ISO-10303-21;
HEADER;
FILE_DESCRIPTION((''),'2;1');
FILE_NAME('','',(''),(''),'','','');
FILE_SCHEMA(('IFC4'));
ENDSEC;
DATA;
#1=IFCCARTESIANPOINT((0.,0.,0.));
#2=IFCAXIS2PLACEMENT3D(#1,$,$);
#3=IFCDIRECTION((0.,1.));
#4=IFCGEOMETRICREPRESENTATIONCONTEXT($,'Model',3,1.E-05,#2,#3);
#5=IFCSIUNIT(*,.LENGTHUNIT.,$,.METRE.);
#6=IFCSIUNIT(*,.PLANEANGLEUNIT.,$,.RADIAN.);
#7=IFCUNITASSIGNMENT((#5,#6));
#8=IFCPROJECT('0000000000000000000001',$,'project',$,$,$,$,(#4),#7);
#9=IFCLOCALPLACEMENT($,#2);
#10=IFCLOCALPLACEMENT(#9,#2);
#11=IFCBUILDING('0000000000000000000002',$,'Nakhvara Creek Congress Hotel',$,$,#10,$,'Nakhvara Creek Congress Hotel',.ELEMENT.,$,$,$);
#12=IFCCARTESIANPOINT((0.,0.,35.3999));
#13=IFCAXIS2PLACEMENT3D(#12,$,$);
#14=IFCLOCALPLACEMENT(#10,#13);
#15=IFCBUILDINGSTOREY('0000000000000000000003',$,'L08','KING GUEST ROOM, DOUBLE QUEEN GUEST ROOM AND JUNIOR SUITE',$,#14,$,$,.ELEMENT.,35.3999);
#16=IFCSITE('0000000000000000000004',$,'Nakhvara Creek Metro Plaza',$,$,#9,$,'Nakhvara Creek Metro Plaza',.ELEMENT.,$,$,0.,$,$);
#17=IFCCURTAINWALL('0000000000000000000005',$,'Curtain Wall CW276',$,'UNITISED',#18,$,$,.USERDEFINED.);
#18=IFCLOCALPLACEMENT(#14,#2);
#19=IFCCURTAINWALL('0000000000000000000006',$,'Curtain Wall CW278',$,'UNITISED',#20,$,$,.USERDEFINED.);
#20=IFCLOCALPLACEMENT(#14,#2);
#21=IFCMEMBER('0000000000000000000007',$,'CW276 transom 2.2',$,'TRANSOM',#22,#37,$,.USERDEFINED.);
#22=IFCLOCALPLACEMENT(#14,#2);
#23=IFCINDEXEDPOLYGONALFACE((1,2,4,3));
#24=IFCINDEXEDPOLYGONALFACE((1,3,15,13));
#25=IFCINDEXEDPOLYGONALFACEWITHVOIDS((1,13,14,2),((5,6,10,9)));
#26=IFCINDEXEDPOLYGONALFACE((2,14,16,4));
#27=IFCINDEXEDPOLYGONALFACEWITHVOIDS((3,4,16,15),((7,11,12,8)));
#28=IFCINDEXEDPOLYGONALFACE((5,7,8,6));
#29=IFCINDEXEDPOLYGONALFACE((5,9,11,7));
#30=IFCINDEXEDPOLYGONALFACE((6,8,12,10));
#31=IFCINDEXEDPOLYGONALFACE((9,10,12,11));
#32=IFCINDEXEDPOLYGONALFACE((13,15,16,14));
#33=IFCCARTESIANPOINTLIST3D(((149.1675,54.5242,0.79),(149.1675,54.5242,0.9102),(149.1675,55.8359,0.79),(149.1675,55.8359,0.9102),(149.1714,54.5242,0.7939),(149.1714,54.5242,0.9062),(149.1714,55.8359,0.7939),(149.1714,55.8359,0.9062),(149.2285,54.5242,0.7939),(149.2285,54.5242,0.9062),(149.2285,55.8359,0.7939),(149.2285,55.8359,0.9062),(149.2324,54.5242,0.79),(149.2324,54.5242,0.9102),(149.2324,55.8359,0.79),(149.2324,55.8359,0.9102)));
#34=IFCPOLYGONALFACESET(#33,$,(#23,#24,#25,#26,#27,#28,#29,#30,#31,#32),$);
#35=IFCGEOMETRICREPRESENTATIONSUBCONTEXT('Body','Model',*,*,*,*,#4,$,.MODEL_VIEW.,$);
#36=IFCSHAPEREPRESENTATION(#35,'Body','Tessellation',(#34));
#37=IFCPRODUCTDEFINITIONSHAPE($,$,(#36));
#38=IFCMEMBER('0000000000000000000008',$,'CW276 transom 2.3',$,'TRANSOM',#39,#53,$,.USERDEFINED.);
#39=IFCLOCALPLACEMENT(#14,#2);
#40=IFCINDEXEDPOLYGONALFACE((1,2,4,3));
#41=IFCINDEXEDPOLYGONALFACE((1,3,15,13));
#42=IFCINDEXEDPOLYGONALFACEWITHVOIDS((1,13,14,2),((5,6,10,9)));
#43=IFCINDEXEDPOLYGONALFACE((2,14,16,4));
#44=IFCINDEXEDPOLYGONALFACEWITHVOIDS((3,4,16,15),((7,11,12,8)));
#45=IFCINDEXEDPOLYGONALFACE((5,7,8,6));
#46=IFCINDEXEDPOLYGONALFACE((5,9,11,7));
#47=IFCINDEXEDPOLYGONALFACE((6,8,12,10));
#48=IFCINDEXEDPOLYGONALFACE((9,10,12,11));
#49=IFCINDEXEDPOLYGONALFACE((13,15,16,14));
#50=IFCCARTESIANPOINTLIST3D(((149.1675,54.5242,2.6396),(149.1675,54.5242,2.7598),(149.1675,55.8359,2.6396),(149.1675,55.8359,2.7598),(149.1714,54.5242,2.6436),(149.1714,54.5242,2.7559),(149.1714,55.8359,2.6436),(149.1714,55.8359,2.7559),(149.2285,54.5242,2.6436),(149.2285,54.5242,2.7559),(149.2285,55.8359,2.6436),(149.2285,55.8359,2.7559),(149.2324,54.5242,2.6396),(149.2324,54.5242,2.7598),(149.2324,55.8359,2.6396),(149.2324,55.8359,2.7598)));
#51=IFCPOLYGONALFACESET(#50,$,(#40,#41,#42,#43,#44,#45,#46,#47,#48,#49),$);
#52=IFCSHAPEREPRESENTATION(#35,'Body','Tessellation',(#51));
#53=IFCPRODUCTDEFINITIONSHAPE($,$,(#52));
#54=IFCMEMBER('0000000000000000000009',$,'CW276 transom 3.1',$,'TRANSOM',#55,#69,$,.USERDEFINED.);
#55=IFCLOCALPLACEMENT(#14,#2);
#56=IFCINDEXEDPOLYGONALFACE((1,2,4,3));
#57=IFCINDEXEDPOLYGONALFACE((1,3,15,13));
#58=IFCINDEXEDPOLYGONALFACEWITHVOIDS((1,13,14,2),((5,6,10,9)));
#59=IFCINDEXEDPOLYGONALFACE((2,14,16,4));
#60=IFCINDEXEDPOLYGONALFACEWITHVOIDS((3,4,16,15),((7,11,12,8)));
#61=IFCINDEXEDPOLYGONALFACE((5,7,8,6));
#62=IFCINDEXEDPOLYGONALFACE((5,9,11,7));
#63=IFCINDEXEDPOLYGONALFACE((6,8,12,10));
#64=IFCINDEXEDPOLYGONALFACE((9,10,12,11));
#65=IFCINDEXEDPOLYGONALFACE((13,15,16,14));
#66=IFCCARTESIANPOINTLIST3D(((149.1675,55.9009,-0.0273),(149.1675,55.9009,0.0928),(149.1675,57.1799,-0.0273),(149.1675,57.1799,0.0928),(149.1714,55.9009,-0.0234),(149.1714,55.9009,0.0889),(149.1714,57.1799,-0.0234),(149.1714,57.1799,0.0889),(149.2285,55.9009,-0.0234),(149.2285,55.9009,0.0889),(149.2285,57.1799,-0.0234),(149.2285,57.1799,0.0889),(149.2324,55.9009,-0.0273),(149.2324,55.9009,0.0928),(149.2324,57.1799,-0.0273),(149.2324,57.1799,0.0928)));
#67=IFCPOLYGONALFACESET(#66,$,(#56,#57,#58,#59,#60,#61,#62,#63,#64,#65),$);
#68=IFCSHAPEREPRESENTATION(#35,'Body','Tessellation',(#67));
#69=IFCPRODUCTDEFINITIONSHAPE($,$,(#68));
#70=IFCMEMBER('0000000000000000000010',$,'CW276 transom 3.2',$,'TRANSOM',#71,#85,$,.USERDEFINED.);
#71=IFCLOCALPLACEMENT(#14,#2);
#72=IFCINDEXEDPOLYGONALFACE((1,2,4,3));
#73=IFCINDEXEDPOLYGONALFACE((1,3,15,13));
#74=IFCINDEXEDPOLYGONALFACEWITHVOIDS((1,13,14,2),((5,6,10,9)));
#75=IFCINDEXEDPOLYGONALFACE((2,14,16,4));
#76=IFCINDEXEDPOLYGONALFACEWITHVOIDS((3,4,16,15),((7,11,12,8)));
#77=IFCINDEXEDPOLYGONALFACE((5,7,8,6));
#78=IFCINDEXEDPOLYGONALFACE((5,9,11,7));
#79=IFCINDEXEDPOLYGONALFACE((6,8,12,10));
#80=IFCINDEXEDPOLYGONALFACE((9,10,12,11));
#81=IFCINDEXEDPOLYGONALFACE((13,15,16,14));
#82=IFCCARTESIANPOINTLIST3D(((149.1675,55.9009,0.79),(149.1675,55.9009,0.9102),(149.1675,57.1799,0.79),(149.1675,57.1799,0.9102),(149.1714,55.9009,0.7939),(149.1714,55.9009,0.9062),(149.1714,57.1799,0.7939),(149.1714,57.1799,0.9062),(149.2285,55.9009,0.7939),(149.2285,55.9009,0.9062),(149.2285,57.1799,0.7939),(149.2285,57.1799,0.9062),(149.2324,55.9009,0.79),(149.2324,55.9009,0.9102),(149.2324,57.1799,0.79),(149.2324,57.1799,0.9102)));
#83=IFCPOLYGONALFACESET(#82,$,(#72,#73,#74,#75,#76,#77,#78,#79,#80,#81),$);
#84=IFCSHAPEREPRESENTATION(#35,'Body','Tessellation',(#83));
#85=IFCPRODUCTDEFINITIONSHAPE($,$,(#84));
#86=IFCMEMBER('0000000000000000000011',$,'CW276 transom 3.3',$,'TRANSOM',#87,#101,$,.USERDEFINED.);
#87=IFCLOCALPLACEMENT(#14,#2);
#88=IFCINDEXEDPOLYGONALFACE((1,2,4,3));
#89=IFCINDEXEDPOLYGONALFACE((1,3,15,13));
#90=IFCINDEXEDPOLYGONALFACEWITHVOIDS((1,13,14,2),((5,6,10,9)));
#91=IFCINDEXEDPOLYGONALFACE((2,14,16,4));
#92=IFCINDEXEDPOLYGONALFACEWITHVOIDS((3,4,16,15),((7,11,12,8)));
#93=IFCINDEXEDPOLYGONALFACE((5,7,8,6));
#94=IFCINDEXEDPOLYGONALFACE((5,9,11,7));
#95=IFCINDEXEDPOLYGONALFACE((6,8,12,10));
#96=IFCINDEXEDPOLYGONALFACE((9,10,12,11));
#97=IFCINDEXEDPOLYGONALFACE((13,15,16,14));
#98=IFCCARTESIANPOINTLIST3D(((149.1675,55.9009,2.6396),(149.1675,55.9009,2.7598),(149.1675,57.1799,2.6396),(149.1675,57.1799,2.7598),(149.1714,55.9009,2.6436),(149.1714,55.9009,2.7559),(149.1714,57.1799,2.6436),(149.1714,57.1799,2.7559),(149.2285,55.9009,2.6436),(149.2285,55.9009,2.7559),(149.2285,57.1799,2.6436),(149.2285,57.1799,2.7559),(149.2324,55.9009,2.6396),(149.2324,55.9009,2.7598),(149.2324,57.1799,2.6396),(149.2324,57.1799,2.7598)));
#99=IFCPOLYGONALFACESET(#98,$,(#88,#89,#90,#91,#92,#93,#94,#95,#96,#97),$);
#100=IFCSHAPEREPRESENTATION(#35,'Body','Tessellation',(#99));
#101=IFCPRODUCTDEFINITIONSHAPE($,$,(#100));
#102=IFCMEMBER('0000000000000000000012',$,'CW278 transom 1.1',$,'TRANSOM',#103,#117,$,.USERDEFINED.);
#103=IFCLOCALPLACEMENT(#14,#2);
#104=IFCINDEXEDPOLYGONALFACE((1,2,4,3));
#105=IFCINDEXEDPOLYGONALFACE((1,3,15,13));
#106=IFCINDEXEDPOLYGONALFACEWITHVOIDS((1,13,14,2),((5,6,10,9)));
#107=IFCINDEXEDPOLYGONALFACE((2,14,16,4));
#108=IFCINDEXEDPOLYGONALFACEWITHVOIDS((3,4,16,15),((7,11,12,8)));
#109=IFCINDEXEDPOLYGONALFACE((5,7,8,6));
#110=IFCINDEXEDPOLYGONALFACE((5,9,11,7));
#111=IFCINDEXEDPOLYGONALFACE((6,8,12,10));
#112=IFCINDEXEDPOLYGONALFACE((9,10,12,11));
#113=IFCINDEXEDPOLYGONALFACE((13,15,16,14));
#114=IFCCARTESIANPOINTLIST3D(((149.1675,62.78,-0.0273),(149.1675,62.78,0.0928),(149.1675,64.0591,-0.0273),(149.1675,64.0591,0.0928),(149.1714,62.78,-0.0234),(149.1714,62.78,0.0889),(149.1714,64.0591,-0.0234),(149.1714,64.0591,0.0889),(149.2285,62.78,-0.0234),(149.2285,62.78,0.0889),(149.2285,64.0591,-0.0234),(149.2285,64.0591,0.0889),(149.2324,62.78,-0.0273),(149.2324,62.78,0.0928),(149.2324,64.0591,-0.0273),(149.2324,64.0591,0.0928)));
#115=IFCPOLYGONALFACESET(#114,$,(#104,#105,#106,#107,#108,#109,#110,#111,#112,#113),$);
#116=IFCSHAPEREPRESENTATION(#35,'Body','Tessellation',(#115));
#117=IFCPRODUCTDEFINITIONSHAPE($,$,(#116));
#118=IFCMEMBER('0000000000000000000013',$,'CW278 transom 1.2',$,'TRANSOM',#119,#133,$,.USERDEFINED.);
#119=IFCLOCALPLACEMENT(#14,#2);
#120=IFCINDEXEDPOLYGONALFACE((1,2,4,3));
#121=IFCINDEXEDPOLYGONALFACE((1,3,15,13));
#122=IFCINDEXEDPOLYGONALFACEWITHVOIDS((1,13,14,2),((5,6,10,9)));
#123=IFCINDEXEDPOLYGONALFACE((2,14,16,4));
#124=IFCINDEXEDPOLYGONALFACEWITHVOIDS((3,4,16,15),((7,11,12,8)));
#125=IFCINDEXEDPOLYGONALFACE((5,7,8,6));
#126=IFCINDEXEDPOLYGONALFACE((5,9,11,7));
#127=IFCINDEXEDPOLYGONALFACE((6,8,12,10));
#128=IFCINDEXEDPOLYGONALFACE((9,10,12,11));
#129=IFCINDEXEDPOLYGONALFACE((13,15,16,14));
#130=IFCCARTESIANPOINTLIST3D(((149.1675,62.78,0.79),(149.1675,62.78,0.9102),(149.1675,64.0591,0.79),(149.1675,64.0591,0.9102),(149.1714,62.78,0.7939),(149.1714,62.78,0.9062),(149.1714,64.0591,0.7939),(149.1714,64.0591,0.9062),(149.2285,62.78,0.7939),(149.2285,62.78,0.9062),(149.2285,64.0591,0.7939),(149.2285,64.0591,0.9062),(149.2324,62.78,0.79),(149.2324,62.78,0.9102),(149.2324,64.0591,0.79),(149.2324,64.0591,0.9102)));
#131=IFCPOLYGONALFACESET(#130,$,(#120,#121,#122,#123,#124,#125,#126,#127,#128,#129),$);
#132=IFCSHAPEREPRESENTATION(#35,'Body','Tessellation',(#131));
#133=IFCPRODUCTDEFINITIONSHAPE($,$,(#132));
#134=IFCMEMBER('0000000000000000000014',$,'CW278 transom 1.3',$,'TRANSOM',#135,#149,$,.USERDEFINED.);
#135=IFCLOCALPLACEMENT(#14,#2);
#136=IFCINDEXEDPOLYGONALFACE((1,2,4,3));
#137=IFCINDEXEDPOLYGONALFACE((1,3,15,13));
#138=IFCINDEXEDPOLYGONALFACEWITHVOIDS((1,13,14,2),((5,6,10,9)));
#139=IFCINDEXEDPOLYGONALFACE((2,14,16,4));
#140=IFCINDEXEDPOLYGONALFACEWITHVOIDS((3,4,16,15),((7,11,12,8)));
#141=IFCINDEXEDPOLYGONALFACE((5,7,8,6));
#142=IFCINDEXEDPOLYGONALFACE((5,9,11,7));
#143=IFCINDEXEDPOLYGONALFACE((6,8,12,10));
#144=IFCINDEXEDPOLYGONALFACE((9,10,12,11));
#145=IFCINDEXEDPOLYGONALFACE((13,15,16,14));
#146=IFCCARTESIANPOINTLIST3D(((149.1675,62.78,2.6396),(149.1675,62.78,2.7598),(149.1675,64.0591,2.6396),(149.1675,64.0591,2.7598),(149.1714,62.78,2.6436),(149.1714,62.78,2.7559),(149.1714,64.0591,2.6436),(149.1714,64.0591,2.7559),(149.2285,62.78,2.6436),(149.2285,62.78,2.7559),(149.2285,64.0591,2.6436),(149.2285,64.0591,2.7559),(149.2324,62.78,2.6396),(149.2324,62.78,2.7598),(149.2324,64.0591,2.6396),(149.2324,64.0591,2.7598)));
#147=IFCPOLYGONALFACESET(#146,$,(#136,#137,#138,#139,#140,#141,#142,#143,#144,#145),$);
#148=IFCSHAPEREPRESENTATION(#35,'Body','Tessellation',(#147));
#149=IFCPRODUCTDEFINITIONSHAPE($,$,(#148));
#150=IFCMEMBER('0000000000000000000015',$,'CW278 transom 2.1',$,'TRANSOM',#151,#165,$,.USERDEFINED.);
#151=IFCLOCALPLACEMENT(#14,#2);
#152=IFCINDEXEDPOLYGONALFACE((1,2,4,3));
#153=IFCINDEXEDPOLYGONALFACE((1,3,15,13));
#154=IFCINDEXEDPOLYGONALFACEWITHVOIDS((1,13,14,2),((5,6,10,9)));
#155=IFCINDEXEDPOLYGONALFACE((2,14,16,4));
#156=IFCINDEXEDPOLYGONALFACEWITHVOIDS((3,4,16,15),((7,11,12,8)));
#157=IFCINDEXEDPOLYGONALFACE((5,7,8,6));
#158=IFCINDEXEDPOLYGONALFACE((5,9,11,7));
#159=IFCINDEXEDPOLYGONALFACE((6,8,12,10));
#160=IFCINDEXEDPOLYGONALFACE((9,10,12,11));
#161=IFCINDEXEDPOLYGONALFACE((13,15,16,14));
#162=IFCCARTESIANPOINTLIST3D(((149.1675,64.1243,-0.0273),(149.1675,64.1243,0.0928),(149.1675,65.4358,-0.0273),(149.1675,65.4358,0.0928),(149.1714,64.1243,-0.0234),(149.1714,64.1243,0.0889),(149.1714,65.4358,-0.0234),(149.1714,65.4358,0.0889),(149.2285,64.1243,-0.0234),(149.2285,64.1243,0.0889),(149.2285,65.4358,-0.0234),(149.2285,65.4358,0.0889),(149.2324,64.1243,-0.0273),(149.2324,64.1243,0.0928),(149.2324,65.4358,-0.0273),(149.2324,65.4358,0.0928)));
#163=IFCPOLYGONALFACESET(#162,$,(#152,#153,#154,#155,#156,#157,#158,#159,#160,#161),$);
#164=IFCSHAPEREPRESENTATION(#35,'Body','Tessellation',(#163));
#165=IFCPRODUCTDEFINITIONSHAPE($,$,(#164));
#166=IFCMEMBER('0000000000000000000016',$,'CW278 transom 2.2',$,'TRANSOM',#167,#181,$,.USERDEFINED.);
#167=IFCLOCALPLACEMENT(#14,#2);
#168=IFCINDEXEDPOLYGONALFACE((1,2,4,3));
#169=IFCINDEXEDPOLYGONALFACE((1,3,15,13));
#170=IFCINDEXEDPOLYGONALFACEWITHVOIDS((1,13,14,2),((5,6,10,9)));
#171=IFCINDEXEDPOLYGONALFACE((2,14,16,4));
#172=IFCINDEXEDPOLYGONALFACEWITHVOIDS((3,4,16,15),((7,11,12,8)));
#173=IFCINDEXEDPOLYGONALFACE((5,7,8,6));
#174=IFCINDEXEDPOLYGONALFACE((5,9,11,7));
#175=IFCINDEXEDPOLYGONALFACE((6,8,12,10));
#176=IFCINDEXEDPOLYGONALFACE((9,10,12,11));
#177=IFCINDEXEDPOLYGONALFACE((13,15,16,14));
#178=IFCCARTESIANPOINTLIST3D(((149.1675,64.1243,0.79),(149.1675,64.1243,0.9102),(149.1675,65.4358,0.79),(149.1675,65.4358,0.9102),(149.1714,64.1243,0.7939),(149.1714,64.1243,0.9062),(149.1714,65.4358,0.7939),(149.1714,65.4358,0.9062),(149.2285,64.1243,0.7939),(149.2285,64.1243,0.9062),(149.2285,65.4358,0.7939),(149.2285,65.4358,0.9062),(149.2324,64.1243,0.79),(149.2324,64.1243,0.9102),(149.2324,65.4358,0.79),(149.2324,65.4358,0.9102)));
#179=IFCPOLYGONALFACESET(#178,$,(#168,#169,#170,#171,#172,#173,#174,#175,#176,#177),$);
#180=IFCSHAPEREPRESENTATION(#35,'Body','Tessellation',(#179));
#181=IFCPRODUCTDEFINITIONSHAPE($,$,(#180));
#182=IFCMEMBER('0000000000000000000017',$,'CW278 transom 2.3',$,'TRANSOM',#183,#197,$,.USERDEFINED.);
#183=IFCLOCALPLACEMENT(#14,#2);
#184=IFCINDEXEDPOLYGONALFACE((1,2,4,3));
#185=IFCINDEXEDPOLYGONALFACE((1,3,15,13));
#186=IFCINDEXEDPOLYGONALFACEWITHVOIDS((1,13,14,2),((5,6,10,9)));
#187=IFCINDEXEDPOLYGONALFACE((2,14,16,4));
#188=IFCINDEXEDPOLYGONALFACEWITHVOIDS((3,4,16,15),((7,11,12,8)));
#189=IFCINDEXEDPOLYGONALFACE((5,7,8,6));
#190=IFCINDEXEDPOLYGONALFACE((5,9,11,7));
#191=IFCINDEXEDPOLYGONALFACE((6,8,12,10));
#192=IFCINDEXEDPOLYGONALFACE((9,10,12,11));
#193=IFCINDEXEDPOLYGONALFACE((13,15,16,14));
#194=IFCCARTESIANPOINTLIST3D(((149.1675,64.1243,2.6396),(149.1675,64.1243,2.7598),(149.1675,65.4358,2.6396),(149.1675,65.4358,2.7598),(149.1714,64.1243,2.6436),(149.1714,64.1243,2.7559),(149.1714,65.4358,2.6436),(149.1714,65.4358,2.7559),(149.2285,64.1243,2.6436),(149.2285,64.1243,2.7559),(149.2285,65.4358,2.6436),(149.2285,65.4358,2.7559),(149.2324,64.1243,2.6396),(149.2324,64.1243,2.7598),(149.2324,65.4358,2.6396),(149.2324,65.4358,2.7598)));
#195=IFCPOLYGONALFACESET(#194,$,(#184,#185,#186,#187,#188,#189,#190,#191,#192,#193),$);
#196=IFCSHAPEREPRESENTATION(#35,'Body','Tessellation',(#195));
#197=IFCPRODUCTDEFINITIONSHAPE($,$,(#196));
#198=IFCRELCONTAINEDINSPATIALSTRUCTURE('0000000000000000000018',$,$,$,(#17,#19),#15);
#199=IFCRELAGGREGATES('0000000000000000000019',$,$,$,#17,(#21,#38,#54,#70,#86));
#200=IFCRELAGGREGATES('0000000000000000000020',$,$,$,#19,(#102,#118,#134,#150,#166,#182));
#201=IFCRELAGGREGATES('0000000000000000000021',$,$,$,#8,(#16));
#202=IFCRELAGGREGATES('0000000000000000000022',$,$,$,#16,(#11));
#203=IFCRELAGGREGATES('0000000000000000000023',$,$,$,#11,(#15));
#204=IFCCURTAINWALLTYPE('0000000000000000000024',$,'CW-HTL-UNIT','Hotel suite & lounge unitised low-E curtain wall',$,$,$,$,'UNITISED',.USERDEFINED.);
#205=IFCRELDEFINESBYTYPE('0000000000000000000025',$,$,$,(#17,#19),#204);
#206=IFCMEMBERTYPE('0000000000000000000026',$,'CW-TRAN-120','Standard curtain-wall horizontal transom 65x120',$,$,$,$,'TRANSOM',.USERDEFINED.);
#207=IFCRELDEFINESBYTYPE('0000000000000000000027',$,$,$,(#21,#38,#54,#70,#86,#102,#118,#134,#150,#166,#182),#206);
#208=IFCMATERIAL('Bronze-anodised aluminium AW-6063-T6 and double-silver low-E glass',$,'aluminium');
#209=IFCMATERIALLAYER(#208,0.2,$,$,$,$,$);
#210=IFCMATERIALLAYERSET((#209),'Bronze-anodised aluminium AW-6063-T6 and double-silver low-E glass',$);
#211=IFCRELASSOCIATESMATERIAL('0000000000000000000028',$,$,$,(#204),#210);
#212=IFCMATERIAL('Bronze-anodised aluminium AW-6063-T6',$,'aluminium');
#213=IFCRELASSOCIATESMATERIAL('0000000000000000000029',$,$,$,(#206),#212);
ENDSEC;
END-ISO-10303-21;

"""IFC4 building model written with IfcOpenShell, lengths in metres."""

from ifc_helpers import new_model, si_unit, direction, frame, origin, origin_2d, place, context, subcontext, project, spatial, hollow_rectangle, extrude, material, layer, layer_set, material_profile, profile_set, type_object, element, aggregate, save


model = new_model("IFC4")

# Units and contexts
model_context = context("Model", 3, precision=1e-05, world=origin(), true_north=direction((0.0, 1.0)))
body_context = subcontext(model_context, "Body", "Model", "MODEL_VIEW")
ifc_project = project(units=[si_unit("LENGTHUNIT", "METRE"), si_unit("PLANEANGLEUNIT", "RADIAN")], contexts=[model_context])

# Site, building, storey
site_placement = place(None, origin())
site = spatial("IfcSite", under=ifc_project, at=site_placement, Name="Nakhvara Creek Metro Plaza", LongName="Nakhvara Creek Metro Plaza", CompositionType="ELEMENT", RefElevation=0.0)
building_placement = place(site_placement, origin())
building = spatial("IfcBuilding", under=site, at=building_placement, Name="Nakhvara Creek Congress Hotel", LongName="Nakhvara Creek Congress Hotel", CompositionType="ELEMENT")
storey_placement = place(building_placement, frame((0.0, 0.0, 35.3999)))
storey = spatial("IfcBuildingStorey", under=building, at=storey_placement, Name="L08", Description="KING GUEST ROOM, DOUBLE QUEEN GUEST ROOM AND JUNIOR SUITE", CompositionType="ELEMENT", Elevation=35.3999)

# Curtain walls
ifc_material_1 = material(Name="Bronze-anodised aluminium AW-6063-T6 and double-silver low-E glass", Category="aluminium")
ifc_layer = layer(ifc_material_1, 0.2)
ifc_layer_set = layer_set([ifc_layer], Name="Bronze-anodised aluminium AW-6063-T6 and double-silver low-E glass")
curtain_wall_type = type_object("IfcCurtainWallType", Name="CW-HTL-UNIT", Description="Hotel suite & lounge unitised low-E curtain wall", ElementType="UNITISED", PredefinedType="USERDEFINED", material=ifc_layer_set)
curtain_wall_1_placement = place(storey_placement, origin())
curtain_wall_1 = element("IfcCurtainWall", 1, at=curtain_wall_1_placement, inside=storey, type_object=curtain_wall_type, Name="Curtain Wall CW276", ObjectType="UNITISED", PredefinedType="USERDEFINED")
ifc_material_2 = material(Name="Bronze-anodised aluminium AW-6063-T6", Category="aluminium")
curtain_wall_2_placement = place(storey_placement, origin())
curtain_wall_2 = element("IfcCurtainWall", 2, at=curtain_wall_2_placement, inside=storey, type_object=curtain_wall_type, Name="Curtain Wall CW278", ObjectType="UNITISED", PredefinedType="USERDEFINED")

# Members
ifc_material_profile_1 = material_profile(ifc_material_2, hollow_rectangle(XDim=0.0649, YDim=0.1201, WallThickness=0.0039, at=origin_2d()), Name="ALU-TRAN 65x120x4", Category="LoadBearing")
ifc_profile_set_1 = profile_set([ifc_material_profile_1], Name="Bronze-anodised aluminium AW-6063-T6")
member_type_1 = type_object("IfcMemberType", Name="CW-TRAN-120", Description="Standard curtain-wall horizontal transom 65x120", ElementType="TRANSOM", PredefinedType="USERDEFINED", material=ifc_profile_set_1)
member_1_placement = place(storey_placement, frame((149.2, 54.5242, 0.8501), z_axis=(0.0, 1.0, 0.0), x_axis=(-1.0, 0.0, 0.0)))
member_1 = element("IfcMember", 3, at=member_1_placement, type_object=member_type_1, Name="CW276 transom 2.2", ObjectType="TRANSOM", PredefinedType="USERDEFINED", context=body_context, shape_type="SweptSolid", body=[
    extrude(hollow_rectangle(XDim=0.0649, YDim=0.1201, WallThickness=0.0039, at=origin_2d()), origin(), (0.0, 0.0, 1.0), 1.3118),
])
member_2_placement = place(storey_placement, frame((149.2, 54.5242, 2.6997), z_axis=(0.0, 1.0, 0.0), x_axis=(-1.0, 0.0, 0.0)))
member_2 = element("IfcMember", 4, at=member_2_placement, type_object=member_type_1, Name="CW276 transom 2.3", ObjectType="TRANSOM", PredefinedType="USERDEFINED", context=body_context, shape_type="SweptSolid", body=[
    extrude(hollow_rectangle(XDim=0.0649, YDim=0.1201, WallThickness=0.0039, at=origin_2d()), origin(), (0.0, 0.0, 1.0), 1.3118),
])
member_3_placement = place(storey_placement, frame((149.2, 55.9009, 0.0327), z_axis=(0.0, 1.0, 0.0), x_axis=(-1.0, 0.0, 0.0)))
member_3 = element("IfcMember", 5, at=member_3_placement, type_object=member_type_1, Name="CW276 transom 3.1", ObjectType="TRANSOM", PredefinedType="USERDEFINED", context=body_context, shape_type="SweptSolid", body=[
    extrude(hollow_rectangle(XDim=0.0649, YDim=0.1201, WallThickness=0.0039, at=origin_2d()), origin(), (0.0, 0.0, 1.0), 1.2791),
])
member_4_placement = place(storey_placement, frame((149.2, 55.9009, 0.8501), z_axis=(0.0, 1.0, 0.0), x_axis=(-1.0, 0.0, 0.0)))
member_4 = element("IfcMember", 6, at=member_4_placement, type_object=member_type_1, Name="CW276 transom 3.2", ObjectType="TRANSOM", PredefinedType="USERDEFINED", context=body_context, shape_type="SweptSolid", body=[
    extrude(hollow_rectangle(XDim=0.0649, YDim=0.1201, WallThickness=0.0039, at=origin_2d()), origin(), (0.0, 0.0, 1.0), 1.2791),
])
member_5_placement = place(storey_placement, frame((149.2, 55.9009, 2.6997), z_axis=(0.0, 1.0, 0.0), x_axis=(-1.0, 0.0, 0.0)))
member_5 = element("IfcMember", 7, at=member_5_placement, type_object=member_type_1, Name="CW276 transom 3.3", ObjectType="TRANSOM", PredefinedType="USERDEFINED", context=body_context, shape_type="SweptSolid", body=[
    extrude(hollow_rectangle(XDim=0.0649, YDim=0.1201, WallThickness=0.0039, at=origin_2d()), origin(), (0.0, 0.0, 1.0), 1.2791),
])
member_6_placement = place(storey_placement, frame((149.2, 62.78, 0.0327), z_axis=(0.0, 1.0, 0.0), x_axis=(-1.0, 0.0, 0.0)))
member_6 = element("IfcMember", 8, at=member_6_placement, type_object=member_type_1, Name="CW278 transom 1.1", ObjectType="TRANSOM", PredefinedType="USERDEFINED", context=body_context, shape_type="SweptSolid", body=[
    extrude(hollow_rectangle(XDim=0.0649, YDim=0.1201, WallThickness=0.0039, at=origin_2d()), origin(), (0.0, 0.0, 1.0), 1.2791),
])
member_7_placement = place(storey_placement, frame((149.2, 62.78, 0.8501), z_axis=(0.0, 1.0, 0.0), x_axis=(-1.0, 0.0, 0.0)))
member_7 = element("IfcMember", 9, at=member_7_placement, type_object=member_type_1, Name="CW278 transom 1.2", ObjectType="TRANSOM", PredefinedType="USERDEFINED", context=body_context, shape_type="SweptSolid", body=[
    extrude(hollow_rectangle(XDim=0.0649, YDim=0.1201, WallThickness=0.0039, at=origin_2d()), origin(), (0.0, 0.0, 1.0), 1.2791),
])
member_8_placement = place(storey_placement, frame((149.2, 62.78, 2.6997), z_axis=(0.0, 1.0, 0.0), x_axis=(-1.0, 0.0, 0.0)))
member_8 = element("IfcMember", 10, at=member_8_placement, type_object=member_type_1, Name="CW278 transom 1.3", ObjectType="TRANSOM", PredefinedType="USERDEFINED", context=body_context, shape_type="SweptSolid", body=[
    extrude(hollow_rectangle(XDim=0.0649, YDim=0.1201, WallThickness=0.0039, at=origin_2d()), origin(), (0.0, 0.0, 1.0), 1.2791),
])
member_9_placement = place(storey_placement, frame((149.2, 64.1243, 0.0327), z_axis=(0.0, 1.0, 0.0), x_axis=(-1.0, 0.0, 0.0)))
member_9 = element("IfcMember", 11, at=member_9_placement, type_object=member_type_1, Name="CW278 transom 2.1", ObjectType="TRANSOM", PredefinedType="USERDEFINED", context=body_context, shape_type="SweptSolid", body=[
    extrude(hollow_rectangle(XDim=0.0649, YDim=0.1201, WallThickness=0.0039, at=origin_2d()), origin(), (0.0, 0.0, 1.0), 1.3115),
])
member_10_placement = place(storey_placement, frame((149.2, 64.1243, 0.8501), z_axis=(0.0, 1.0, 0.0), x_axis=(-1.0, 0.0, 0.0)))
member_10 = element("IfcMember", 12, at=member_10_placement, type_object=member_type_1, Name="CW278 transom 2.2", ObjectType="TRANSOM", PredefinedType="USERDEFINED", context=body_context, shape_type="SweptSolid", body=[
    extrude(hollow_rectangle(XDim=0.0649, YDim=0.1201, WallThickness=0.0039, at=origin_2d()), origin(), (0.0, 0.0, 1.0), 1.3115),
])
member_11_placement = place(storey_placement, frame((149.2, 64.1243, 2.6997), z_axis=(0.0, 1.0, 0.0), x_axis=(-1.0, 0.0, 0.0)))
member_11 = element("IfcMember", 13, at=member_11_placement, type_object=member_type_1, Name="CW278 transom 2.3", ObjectType="TRANSOM", PredefinedType="USERDEFINED", context=body_context, shape_type="SweptSolid", body=[
    extrude(hollow_rectangle(XDim=0.0649, YDim=0.1201, WallThickness=0.0039, at=origin_2d()), origin(), (0.0, 0.0, 1.0), 1.3115),
])

aggregate(curtain_wall_1, [member_1, member_2, member_3, member_4, member_5])
aggregate(curtain_wall_2, [member_6, member_7, member_8, member_9, member_10, member_11])

save(model, "model.ifc")
